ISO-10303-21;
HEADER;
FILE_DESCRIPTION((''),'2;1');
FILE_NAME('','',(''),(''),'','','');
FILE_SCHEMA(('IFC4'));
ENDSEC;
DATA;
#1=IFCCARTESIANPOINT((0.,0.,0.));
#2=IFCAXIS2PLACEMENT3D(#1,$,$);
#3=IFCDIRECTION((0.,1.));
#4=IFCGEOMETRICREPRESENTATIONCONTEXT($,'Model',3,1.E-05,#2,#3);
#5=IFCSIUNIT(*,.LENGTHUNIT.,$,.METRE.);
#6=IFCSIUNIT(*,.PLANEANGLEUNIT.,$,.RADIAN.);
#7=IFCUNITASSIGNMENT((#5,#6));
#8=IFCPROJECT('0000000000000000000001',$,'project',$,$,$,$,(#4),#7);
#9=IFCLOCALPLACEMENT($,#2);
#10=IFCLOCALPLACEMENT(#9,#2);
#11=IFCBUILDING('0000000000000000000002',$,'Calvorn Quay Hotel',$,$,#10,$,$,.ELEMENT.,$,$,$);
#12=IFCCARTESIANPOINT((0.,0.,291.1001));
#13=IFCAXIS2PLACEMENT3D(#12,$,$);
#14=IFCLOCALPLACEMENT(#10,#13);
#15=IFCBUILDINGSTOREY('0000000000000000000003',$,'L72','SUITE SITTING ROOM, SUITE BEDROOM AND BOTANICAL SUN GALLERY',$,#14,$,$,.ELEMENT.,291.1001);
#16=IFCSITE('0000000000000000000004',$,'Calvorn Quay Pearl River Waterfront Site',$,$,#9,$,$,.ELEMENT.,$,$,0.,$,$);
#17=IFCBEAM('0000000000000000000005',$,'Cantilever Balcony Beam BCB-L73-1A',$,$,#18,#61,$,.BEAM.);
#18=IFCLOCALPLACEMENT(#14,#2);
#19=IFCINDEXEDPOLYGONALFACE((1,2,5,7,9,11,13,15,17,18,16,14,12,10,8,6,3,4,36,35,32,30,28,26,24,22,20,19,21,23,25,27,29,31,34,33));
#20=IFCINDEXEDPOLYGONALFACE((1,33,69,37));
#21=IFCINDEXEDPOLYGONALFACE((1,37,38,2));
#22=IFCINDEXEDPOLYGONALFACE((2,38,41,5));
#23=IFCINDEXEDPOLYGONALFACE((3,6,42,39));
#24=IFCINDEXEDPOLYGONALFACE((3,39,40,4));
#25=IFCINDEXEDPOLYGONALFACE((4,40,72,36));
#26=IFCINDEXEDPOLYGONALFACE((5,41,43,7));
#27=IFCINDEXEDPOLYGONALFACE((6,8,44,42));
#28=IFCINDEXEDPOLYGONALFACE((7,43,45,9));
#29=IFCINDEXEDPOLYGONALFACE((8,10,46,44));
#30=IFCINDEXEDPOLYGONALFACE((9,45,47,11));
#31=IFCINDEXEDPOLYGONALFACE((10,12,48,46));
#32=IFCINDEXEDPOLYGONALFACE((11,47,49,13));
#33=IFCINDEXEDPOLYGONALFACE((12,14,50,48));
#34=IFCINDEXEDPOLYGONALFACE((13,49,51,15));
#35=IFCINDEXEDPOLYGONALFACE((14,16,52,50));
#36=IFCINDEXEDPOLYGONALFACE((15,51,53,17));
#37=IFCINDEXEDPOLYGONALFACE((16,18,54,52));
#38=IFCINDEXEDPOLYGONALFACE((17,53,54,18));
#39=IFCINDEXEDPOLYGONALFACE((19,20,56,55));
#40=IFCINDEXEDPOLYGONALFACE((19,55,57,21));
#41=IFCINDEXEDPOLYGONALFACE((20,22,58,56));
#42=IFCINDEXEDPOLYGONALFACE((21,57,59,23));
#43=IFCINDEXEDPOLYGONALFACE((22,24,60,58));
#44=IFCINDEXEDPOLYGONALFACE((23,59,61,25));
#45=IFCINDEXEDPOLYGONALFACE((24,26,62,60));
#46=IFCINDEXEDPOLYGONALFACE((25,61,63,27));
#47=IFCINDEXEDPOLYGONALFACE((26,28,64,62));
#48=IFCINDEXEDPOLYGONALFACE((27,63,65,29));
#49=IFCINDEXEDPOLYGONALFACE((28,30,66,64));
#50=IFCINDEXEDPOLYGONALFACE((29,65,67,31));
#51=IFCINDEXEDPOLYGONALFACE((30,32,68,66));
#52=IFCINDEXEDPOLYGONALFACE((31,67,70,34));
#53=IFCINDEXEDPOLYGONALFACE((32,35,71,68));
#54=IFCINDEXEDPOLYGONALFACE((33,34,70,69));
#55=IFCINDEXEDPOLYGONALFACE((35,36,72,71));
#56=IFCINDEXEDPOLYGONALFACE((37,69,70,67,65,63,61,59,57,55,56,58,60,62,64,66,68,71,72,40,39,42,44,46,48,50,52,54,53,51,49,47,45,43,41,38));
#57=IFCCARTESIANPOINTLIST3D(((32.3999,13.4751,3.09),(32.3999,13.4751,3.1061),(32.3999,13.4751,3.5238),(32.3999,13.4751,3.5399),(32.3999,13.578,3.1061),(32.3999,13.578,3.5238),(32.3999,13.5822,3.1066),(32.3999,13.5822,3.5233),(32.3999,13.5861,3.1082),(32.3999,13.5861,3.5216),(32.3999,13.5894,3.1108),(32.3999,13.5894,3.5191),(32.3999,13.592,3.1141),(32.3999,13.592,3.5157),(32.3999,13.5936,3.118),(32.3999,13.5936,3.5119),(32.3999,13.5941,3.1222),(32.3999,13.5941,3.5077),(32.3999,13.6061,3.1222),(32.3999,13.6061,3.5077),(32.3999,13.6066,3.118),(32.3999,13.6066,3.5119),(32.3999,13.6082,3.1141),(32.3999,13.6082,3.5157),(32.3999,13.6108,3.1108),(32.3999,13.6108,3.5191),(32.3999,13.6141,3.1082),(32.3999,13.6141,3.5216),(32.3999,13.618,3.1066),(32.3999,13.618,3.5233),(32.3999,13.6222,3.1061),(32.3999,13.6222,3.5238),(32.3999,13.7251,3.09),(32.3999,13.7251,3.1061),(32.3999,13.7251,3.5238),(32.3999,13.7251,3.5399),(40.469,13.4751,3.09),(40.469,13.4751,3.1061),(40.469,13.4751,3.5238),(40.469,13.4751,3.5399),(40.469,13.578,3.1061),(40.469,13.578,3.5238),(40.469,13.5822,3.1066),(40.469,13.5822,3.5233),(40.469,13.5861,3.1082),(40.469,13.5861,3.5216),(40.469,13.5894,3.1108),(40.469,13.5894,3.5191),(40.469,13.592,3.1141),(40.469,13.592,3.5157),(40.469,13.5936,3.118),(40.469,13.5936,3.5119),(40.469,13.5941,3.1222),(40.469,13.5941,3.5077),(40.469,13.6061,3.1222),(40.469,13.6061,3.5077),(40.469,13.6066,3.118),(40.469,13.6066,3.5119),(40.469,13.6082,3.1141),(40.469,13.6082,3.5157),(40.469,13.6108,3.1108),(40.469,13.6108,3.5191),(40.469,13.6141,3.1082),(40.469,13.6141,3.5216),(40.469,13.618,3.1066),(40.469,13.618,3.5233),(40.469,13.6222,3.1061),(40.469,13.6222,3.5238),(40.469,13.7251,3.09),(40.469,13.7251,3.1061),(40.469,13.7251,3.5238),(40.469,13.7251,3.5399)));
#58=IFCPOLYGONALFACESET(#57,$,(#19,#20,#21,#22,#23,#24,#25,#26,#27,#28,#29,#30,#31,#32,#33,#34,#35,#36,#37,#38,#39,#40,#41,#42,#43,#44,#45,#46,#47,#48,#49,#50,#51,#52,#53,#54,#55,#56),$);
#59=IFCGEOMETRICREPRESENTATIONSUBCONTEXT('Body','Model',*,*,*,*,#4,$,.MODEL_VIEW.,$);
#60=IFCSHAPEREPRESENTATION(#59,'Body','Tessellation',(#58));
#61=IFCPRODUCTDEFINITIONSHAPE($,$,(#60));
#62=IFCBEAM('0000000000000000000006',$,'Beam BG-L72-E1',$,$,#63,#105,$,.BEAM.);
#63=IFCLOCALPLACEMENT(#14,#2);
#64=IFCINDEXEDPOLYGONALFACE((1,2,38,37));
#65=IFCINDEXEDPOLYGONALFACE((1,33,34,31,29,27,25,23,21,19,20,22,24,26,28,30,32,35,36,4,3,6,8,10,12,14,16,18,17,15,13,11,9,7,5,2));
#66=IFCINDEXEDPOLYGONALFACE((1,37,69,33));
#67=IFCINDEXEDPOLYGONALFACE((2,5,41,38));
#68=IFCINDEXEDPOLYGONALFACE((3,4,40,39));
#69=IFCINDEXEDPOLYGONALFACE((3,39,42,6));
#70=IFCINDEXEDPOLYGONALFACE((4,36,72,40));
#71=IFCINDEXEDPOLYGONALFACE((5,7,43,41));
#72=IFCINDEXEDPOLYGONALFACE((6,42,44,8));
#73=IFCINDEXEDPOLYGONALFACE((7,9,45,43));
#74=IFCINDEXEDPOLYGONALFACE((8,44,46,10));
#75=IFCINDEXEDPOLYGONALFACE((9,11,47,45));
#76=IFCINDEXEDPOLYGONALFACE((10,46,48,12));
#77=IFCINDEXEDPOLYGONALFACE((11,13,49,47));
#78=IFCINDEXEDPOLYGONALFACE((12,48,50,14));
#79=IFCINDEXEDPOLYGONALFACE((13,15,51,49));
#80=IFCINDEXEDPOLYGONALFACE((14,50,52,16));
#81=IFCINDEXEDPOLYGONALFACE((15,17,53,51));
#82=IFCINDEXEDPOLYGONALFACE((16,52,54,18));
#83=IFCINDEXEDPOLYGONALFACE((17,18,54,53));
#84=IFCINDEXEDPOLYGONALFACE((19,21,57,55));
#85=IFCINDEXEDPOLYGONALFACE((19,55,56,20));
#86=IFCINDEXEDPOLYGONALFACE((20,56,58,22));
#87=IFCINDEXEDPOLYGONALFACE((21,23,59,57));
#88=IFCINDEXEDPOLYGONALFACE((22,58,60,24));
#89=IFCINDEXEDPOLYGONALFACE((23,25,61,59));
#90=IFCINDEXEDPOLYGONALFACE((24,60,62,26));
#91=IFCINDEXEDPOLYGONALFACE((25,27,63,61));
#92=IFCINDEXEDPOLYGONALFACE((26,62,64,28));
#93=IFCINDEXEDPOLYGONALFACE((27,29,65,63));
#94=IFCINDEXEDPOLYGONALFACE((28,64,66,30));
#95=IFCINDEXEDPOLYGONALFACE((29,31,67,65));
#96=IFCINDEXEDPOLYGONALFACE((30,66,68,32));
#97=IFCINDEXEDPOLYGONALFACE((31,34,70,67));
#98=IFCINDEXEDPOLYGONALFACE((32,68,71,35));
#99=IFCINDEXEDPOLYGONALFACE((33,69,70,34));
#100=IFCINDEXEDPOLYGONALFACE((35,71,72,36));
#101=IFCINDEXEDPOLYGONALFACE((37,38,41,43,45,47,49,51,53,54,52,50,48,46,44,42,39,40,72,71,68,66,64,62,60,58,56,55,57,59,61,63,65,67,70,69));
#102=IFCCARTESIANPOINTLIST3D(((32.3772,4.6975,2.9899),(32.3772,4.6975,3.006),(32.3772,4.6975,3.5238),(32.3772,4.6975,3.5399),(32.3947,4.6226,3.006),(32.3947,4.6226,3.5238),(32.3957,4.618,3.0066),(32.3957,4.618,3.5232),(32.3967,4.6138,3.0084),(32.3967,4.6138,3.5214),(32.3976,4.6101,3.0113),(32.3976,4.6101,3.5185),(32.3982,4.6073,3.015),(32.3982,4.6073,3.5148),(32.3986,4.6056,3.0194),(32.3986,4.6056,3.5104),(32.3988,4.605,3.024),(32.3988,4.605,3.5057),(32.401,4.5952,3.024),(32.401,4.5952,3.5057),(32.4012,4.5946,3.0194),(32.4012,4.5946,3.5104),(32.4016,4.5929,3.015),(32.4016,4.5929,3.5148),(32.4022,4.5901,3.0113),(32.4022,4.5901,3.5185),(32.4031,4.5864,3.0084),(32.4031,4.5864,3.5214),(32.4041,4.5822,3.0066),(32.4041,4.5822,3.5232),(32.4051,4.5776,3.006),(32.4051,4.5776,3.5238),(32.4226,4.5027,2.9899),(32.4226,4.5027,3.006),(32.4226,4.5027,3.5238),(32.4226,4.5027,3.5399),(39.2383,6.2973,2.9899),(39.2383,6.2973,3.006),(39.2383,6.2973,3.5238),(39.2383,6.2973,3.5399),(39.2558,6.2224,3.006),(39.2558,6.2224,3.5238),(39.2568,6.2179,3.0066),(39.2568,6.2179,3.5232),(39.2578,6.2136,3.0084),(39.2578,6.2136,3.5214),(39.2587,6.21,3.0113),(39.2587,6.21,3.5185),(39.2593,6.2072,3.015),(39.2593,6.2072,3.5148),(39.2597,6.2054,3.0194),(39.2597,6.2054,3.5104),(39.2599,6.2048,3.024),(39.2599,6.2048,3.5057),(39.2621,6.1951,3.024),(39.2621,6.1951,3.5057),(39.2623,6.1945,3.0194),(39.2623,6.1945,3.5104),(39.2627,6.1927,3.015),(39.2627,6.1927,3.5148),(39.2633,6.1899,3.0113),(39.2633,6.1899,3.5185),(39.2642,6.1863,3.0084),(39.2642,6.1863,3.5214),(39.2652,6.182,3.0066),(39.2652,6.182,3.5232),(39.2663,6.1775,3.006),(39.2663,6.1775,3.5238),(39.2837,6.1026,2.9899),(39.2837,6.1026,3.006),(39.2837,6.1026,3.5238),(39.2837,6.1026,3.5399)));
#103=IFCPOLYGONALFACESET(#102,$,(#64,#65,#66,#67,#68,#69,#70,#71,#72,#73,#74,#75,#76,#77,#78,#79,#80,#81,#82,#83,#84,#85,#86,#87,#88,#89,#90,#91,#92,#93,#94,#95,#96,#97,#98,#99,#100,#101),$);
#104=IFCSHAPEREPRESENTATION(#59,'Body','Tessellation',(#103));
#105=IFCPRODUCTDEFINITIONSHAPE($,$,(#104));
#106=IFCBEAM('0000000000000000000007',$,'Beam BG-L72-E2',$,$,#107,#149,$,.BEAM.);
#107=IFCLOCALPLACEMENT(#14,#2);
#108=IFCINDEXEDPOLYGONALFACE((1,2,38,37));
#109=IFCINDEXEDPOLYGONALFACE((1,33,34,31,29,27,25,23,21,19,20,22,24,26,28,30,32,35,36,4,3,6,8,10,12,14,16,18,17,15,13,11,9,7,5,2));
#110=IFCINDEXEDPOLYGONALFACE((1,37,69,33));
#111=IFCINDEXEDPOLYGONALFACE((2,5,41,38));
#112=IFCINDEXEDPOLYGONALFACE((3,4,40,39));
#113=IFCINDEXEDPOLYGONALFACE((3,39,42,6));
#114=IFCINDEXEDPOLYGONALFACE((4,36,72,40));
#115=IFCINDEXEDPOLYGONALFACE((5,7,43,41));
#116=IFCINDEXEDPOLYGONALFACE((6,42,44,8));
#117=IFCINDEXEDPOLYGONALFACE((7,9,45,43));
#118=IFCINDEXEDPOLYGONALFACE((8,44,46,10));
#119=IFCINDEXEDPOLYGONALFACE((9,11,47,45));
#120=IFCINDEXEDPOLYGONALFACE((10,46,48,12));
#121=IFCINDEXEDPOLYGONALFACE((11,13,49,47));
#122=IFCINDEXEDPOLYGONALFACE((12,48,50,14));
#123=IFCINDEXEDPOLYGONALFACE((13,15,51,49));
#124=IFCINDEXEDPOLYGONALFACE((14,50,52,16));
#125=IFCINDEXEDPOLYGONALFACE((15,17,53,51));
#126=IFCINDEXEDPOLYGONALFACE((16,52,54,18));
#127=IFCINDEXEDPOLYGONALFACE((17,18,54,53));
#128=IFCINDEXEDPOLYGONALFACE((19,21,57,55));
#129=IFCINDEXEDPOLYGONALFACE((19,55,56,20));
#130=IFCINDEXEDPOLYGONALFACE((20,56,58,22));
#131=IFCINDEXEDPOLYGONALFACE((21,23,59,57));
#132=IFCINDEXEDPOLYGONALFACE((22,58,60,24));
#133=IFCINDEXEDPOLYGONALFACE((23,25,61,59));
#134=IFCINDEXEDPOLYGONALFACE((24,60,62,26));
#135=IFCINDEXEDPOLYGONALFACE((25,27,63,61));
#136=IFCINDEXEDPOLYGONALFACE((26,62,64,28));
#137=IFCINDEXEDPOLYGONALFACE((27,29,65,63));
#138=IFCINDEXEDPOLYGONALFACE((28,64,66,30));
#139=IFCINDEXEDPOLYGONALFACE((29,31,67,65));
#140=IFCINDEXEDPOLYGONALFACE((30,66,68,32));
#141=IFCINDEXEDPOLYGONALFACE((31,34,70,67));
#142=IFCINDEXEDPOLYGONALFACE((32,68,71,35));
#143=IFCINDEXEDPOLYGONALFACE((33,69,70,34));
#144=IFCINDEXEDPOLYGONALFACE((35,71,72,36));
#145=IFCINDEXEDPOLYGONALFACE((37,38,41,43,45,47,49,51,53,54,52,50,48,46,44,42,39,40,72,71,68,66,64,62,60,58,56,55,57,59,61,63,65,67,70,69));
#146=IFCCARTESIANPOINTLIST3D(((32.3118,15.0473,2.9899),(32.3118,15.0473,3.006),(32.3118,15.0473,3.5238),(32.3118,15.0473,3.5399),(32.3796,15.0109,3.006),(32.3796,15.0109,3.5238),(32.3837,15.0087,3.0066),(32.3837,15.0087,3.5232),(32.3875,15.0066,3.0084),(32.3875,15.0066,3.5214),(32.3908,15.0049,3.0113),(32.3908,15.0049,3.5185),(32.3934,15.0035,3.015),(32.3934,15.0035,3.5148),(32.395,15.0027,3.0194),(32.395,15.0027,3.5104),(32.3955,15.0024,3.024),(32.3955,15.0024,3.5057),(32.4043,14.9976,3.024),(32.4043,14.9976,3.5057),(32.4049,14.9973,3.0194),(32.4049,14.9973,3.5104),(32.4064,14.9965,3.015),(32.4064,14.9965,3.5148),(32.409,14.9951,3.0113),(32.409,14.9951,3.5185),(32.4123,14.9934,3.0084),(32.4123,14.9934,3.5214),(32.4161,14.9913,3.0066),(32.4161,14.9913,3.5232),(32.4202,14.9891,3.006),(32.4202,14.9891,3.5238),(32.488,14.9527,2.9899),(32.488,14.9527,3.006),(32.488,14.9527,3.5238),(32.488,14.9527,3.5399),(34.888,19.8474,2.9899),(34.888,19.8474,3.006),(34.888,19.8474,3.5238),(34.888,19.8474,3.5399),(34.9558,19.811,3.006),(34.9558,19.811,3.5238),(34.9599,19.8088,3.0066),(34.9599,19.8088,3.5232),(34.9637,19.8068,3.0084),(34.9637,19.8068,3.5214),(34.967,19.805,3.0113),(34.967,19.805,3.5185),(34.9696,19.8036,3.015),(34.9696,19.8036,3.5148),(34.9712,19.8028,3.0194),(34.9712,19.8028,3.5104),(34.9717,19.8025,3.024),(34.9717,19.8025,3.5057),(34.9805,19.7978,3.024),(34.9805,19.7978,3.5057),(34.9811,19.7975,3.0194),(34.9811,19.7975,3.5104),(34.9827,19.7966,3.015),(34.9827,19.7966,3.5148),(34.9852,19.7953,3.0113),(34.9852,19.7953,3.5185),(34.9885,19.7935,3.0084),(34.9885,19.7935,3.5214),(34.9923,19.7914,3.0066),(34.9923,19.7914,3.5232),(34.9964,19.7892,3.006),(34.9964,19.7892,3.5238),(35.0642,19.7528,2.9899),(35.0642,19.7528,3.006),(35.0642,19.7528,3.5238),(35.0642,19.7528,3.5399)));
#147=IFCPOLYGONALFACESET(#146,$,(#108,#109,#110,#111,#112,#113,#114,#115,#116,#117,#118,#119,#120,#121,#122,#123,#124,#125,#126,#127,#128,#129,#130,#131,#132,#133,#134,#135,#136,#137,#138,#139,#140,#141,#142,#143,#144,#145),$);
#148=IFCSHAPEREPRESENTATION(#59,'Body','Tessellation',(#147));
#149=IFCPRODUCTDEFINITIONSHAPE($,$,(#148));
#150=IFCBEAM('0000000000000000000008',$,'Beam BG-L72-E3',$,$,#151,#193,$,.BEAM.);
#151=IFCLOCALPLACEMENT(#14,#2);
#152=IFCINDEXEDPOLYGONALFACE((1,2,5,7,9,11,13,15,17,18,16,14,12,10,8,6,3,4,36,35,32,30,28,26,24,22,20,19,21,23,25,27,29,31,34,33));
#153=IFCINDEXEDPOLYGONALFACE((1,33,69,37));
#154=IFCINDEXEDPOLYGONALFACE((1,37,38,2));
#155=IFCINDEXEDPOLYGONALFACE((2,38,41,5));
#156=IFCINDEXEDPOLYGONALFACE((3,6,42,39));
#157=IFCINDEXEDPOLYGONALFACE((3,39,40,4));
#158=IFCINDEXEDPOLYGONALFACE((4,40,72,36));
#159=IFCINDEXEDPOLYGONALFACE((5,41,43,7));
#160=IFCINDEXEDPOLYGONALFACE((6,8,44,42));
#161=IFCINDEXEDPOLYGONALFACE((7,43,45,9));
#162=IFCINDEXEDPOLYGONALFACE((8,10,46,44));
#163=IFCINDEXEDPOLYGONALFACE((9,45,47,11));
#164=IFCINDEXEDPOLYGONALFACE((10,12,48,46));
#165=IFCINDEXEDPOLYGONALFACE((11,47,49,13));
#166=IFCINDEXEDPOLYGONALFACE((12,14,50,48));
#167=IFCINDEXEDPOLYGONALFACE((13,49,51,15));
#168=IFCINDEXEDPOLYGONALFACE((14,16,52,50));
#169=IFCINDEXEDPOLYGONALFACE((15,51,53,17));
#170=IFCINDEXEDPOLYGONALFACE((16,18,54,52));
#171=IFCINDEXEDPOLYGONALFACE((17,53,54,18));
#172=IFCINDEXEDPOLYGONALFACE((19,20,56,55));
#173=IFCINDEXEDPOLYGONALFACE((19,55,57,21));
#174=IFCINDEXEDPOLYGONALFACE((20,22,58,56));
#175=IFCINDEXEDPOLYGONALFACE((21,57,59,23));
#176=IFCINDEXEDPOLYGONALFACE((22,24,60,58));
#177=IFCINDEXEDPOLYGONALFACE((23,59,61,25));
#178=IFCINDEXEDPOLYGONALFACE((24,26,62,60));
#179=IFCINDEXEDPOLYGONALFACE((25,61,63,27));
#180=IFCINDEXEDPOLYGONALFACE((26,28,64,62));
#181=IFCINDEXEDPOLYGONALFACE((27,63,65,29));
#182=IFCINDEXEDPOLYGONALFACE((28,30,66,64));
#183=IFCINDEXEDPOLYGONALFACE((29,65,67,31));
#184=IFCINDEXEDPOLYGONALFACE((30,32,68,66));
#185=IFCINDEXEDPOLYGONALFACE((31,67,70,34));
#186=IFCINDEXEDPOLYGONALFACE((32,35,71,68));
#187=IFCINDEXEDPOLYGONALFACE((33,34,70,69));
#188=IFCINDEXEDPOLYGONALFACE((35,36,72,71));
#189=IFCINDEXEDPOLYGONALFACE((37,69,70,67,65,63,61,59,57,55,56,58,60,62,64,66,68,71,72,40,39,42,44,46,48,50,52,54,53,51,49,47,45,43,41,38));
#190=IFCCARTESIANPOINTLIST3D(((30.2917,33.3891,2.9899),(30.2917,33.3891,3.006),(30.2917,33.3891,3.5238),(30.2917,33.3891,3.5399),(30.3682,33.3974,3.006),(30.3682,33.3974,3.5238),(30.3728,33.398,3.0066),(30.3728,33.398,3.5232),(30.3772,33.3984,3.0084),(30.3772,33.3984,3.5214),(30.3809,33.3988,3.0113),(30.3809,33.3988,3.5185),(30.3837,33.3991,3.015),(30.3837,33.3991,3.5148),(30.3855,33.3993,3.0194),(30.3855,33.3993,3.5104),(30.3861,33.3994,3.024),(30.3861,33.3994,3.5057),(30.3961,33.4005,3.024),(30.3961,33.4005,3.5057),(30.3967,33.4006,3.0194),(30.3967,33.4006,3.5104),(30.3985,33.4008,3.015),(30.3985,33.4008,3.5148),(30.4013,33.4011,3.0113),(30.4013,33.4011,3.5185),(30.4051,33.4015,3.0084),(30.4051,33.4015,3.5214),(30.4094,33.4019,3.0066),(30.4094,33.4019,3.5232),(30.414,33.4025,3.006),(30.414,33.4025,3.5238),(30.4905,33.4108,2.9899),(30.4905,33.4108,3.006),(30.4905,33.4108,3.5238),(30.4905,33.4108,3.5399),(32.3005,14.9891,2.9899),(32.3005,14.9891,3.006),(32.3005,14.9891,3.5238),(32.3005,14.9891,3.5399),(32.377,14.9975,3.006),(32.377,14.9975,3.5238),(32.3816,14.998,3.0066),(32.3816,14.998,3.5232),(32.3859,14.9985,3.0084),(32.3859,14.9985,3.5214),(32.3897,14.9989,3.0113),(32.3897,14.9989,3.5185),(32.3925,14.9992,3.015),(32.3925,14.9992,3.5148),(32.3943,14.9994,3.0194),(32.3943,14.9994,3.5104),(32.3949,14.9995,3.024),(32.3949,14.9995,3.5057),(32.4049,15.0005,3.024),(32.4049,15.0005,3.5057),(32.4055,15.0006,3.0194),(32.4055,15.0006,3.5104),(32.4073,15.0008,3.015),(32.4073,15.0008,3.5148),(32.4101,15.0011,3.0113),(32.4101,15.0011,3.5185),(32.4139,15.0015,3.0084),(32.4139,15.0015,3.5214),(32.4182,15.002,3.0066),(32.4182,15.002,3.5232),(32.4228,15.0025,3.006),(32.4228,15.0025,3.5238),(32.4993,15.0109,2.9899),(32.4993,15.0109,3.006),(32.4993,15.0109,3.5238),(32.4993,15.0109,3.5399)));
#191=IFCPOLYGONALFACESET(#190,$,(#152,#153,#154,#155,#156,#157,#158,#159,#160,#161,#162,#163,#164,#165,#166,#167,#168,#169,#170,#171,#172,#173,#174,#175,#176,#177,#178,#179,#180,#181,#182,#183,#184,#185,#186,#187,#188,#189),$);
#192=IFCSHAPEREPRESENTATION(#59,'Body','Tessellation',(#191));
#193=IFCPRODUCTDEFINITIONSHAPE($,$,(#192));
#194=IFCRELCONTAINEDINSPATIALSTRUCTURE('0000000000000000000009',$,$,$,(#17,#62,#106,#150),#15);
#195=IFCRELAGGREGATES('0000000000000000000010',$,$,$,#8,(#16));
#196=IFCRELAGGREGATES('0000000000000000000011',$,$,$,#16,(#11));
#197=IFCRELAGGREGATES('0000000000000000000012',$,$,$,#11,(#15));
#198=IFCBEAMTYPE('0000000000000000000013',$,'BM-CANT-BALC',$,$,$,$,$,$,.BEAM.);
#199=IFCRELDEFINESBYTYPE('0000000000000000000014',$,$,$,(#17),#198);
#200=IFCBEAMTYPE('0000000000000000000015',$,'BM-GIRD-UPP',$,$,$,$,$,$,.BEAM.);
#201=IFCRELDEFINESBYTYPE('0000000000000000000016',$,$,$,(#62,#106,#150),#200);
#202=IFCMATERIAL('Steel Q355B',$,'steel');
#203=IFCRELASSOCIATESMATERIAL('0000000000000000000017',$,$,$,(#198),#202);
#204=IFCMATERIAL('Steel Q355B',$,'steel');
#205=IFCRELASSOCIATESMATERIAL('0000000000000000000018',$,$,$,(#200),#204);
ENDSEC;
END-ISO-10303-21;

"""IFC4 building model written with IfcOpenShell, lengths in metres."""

from ifc_helpers import new_model, si_unit, direction, frame, origin, origin_2d, place, context, subcontext, project, spatial, i_section, extrude, material, material_profile, profile_set, type_object, element, save


model = new_model("IFC4")

# Units and contexts
model_context = context("Model", 3, precision=1e-05, world=origin(), true_north=direction((0.0, 1.0)))
body_context = subcontext(model_context, "Body", "Model", "MODEL_VIEW")
ifc_project = project(units=[si_unit("LENGTHUNIT", "METRE"), si_unit("PLANEANGLEUNIT", "RADIAN")], contexts=[model_context])

# Site, building, storey
site_placement = place(None, origin())
site = spatial("IfcSite", under=ifc_project, at=site_placement, Name="Calvorn Quay Pearl River Waterfront Site", CompositionType="ELEMENT", RefElevation=0.0)
building_placement = place(site_placement, origin())
building = spatial("IfcBuilding", under=site, at=building_placement, Name="Calvorn Quay Hotel", CompositionType="ELEMENT")
storey_placement = place(building_placement, frame((0.0, 0.0, 291.1001)))
storey = spatial("IfcBuildingStorey", under=building, at=storey_placement, Name="L72", Description="SUITE SITTING ROOM, SUITE BEDROOM AND BOTANICAL SUN GALLERY", CompositionType="ELEMENT", Elevation=291.1001)

# Beams
ifc_material_1 = material(Name="Steel Q355B", Category="steel")
ifc_material_profile_1 = material_profile(ifc_material_1, i_section(OverallWidth=0.25, OverallDepth=0.45, WebThickness=0.012, FlangeThickness=0.0161, FilletRadius=0.0161, at=origin_2d()), Name="HN450x250x12x16")
ifc_profile_set_1 = profile_set([ifc_material_profile_1], Name="Steel Q355B")
beam_type_1 = type_object("IfcBeamType", Name="BM-CANT-BALC", PredefinedType="BEAM", material=ifc_profile_set_1)
beam_1_placement = place(storey_placement, frame((32.3999, 13.6001, 3.3149), z_axis=(1.0, 0.0, 0.0), x_axis=(0.0, 1.0, 0.0)))
element("IfcBeam", 1, at=beam_1_placement, inside=storey, type_object=beam_type_1, Name="Cantilever Balcony Beam BCB-L73-1A", PredefinedType="BEAM", context=body_context, shape_type="SweptSolid", body=[
    extrude(i_section(OverallWidth=0.25, OverallDepth=0.45, WebThickness=0.012, FlangeThickness=0.0161, FilletRadius=0.0161, at=origin_2d()), origin(), (0.0, 0.0, 1.0), 8.0691),
])
ifc_material_2 = material(Name="Steel Q355B", Category="steel")
ifc_material_profile_2 = material_profile(ifc_material_2, i_section(OverallWidth=0.2, OverallDepth=0.55, WebThickness=0.01, FlangeThickness=0.0161, FilletRadius=0.0181, at=origin_2d()), Name="HN550x200x10x16")
ifc_profile_set_2 = profile_set([ifc_material_profile_2], Name="Steel Q355B")
beam_type_2 = type_object("IfcBeamType", Name="BM-GIRD-UPP", PredefinedType="BEAM", material=ifc_profile_set_2)
beam_2_placement = place(storey_placement, frame((32.3999, 4.6001, 3.2649), z_axis=(0.973875, 0.227086, 0.0), x_axis=(-0.227086, 0.973875, 0.0)))
element("IfcBeam", 2, at=beam_2_placement, inside=storey, type_object=beam_type_2, Name="Beam BG-L72-E1", PredefinedType="BEAM", context=body_context, shape_type="SweptSolid", body=[
    extrude(i_section(OverallWidth=0.2, OverallDepth=0.55, WebThickness=0.01, FlangeThickness=0.0161, FilletRadius=0.0181, at=origin_2d()), origin(), (0.0, 0.0, 1.0), 7.0452),
])
beam_3_placement = place(storey_placement, frame((32.3999, 15.0, 3.2649), z_axis=(0.472894, 0.881119, 0.0), x_axis=(-0.881119, 0.472894, 0.0)))
element("IfcBeam", 3, at=beam_3_placement, inside=storey, type_object=beam_type_2, Name="Beam BG-L72-E2", PredefinedType="BEAM", context=body_context, shape_type="SweptSolid", body=[
    extrude(i_section(OverallWidth=0.2, OverallDepth=0.55, WebThickness=0.01, FlangeThickness=0.0161, FilletRadius=0.0181, at=origin_2d()), origin(), (0.0, 0.0, 1.0), 5.4478),
])
beam_4_placement = place(storey_placement, frame((32.3999, 15.0, 3.2649), z_axis=(-0.108529, 0.994093, 0.0), x_axis=(-0.994093, -0.108529, 0.0)))
element("IfcBeam", 4, at=beam_4_placement, inside=storey, type_object=beam_type_2, Name="Beam BG-L72-E3", PredefinedType="BEAM", context=body_context, shape_type="SweptSolid", body=[
    extrude(i_section(OverallWidth=0.2, OverallDepth=0.55, WebThickness=0.01, FlangeThickness=0.0161, FilletRadius=0.0181, at=origin_2d()), origin(), (0.0, 0.0, 1.0), 18.5093),
])

save(model, "model.ifc")
